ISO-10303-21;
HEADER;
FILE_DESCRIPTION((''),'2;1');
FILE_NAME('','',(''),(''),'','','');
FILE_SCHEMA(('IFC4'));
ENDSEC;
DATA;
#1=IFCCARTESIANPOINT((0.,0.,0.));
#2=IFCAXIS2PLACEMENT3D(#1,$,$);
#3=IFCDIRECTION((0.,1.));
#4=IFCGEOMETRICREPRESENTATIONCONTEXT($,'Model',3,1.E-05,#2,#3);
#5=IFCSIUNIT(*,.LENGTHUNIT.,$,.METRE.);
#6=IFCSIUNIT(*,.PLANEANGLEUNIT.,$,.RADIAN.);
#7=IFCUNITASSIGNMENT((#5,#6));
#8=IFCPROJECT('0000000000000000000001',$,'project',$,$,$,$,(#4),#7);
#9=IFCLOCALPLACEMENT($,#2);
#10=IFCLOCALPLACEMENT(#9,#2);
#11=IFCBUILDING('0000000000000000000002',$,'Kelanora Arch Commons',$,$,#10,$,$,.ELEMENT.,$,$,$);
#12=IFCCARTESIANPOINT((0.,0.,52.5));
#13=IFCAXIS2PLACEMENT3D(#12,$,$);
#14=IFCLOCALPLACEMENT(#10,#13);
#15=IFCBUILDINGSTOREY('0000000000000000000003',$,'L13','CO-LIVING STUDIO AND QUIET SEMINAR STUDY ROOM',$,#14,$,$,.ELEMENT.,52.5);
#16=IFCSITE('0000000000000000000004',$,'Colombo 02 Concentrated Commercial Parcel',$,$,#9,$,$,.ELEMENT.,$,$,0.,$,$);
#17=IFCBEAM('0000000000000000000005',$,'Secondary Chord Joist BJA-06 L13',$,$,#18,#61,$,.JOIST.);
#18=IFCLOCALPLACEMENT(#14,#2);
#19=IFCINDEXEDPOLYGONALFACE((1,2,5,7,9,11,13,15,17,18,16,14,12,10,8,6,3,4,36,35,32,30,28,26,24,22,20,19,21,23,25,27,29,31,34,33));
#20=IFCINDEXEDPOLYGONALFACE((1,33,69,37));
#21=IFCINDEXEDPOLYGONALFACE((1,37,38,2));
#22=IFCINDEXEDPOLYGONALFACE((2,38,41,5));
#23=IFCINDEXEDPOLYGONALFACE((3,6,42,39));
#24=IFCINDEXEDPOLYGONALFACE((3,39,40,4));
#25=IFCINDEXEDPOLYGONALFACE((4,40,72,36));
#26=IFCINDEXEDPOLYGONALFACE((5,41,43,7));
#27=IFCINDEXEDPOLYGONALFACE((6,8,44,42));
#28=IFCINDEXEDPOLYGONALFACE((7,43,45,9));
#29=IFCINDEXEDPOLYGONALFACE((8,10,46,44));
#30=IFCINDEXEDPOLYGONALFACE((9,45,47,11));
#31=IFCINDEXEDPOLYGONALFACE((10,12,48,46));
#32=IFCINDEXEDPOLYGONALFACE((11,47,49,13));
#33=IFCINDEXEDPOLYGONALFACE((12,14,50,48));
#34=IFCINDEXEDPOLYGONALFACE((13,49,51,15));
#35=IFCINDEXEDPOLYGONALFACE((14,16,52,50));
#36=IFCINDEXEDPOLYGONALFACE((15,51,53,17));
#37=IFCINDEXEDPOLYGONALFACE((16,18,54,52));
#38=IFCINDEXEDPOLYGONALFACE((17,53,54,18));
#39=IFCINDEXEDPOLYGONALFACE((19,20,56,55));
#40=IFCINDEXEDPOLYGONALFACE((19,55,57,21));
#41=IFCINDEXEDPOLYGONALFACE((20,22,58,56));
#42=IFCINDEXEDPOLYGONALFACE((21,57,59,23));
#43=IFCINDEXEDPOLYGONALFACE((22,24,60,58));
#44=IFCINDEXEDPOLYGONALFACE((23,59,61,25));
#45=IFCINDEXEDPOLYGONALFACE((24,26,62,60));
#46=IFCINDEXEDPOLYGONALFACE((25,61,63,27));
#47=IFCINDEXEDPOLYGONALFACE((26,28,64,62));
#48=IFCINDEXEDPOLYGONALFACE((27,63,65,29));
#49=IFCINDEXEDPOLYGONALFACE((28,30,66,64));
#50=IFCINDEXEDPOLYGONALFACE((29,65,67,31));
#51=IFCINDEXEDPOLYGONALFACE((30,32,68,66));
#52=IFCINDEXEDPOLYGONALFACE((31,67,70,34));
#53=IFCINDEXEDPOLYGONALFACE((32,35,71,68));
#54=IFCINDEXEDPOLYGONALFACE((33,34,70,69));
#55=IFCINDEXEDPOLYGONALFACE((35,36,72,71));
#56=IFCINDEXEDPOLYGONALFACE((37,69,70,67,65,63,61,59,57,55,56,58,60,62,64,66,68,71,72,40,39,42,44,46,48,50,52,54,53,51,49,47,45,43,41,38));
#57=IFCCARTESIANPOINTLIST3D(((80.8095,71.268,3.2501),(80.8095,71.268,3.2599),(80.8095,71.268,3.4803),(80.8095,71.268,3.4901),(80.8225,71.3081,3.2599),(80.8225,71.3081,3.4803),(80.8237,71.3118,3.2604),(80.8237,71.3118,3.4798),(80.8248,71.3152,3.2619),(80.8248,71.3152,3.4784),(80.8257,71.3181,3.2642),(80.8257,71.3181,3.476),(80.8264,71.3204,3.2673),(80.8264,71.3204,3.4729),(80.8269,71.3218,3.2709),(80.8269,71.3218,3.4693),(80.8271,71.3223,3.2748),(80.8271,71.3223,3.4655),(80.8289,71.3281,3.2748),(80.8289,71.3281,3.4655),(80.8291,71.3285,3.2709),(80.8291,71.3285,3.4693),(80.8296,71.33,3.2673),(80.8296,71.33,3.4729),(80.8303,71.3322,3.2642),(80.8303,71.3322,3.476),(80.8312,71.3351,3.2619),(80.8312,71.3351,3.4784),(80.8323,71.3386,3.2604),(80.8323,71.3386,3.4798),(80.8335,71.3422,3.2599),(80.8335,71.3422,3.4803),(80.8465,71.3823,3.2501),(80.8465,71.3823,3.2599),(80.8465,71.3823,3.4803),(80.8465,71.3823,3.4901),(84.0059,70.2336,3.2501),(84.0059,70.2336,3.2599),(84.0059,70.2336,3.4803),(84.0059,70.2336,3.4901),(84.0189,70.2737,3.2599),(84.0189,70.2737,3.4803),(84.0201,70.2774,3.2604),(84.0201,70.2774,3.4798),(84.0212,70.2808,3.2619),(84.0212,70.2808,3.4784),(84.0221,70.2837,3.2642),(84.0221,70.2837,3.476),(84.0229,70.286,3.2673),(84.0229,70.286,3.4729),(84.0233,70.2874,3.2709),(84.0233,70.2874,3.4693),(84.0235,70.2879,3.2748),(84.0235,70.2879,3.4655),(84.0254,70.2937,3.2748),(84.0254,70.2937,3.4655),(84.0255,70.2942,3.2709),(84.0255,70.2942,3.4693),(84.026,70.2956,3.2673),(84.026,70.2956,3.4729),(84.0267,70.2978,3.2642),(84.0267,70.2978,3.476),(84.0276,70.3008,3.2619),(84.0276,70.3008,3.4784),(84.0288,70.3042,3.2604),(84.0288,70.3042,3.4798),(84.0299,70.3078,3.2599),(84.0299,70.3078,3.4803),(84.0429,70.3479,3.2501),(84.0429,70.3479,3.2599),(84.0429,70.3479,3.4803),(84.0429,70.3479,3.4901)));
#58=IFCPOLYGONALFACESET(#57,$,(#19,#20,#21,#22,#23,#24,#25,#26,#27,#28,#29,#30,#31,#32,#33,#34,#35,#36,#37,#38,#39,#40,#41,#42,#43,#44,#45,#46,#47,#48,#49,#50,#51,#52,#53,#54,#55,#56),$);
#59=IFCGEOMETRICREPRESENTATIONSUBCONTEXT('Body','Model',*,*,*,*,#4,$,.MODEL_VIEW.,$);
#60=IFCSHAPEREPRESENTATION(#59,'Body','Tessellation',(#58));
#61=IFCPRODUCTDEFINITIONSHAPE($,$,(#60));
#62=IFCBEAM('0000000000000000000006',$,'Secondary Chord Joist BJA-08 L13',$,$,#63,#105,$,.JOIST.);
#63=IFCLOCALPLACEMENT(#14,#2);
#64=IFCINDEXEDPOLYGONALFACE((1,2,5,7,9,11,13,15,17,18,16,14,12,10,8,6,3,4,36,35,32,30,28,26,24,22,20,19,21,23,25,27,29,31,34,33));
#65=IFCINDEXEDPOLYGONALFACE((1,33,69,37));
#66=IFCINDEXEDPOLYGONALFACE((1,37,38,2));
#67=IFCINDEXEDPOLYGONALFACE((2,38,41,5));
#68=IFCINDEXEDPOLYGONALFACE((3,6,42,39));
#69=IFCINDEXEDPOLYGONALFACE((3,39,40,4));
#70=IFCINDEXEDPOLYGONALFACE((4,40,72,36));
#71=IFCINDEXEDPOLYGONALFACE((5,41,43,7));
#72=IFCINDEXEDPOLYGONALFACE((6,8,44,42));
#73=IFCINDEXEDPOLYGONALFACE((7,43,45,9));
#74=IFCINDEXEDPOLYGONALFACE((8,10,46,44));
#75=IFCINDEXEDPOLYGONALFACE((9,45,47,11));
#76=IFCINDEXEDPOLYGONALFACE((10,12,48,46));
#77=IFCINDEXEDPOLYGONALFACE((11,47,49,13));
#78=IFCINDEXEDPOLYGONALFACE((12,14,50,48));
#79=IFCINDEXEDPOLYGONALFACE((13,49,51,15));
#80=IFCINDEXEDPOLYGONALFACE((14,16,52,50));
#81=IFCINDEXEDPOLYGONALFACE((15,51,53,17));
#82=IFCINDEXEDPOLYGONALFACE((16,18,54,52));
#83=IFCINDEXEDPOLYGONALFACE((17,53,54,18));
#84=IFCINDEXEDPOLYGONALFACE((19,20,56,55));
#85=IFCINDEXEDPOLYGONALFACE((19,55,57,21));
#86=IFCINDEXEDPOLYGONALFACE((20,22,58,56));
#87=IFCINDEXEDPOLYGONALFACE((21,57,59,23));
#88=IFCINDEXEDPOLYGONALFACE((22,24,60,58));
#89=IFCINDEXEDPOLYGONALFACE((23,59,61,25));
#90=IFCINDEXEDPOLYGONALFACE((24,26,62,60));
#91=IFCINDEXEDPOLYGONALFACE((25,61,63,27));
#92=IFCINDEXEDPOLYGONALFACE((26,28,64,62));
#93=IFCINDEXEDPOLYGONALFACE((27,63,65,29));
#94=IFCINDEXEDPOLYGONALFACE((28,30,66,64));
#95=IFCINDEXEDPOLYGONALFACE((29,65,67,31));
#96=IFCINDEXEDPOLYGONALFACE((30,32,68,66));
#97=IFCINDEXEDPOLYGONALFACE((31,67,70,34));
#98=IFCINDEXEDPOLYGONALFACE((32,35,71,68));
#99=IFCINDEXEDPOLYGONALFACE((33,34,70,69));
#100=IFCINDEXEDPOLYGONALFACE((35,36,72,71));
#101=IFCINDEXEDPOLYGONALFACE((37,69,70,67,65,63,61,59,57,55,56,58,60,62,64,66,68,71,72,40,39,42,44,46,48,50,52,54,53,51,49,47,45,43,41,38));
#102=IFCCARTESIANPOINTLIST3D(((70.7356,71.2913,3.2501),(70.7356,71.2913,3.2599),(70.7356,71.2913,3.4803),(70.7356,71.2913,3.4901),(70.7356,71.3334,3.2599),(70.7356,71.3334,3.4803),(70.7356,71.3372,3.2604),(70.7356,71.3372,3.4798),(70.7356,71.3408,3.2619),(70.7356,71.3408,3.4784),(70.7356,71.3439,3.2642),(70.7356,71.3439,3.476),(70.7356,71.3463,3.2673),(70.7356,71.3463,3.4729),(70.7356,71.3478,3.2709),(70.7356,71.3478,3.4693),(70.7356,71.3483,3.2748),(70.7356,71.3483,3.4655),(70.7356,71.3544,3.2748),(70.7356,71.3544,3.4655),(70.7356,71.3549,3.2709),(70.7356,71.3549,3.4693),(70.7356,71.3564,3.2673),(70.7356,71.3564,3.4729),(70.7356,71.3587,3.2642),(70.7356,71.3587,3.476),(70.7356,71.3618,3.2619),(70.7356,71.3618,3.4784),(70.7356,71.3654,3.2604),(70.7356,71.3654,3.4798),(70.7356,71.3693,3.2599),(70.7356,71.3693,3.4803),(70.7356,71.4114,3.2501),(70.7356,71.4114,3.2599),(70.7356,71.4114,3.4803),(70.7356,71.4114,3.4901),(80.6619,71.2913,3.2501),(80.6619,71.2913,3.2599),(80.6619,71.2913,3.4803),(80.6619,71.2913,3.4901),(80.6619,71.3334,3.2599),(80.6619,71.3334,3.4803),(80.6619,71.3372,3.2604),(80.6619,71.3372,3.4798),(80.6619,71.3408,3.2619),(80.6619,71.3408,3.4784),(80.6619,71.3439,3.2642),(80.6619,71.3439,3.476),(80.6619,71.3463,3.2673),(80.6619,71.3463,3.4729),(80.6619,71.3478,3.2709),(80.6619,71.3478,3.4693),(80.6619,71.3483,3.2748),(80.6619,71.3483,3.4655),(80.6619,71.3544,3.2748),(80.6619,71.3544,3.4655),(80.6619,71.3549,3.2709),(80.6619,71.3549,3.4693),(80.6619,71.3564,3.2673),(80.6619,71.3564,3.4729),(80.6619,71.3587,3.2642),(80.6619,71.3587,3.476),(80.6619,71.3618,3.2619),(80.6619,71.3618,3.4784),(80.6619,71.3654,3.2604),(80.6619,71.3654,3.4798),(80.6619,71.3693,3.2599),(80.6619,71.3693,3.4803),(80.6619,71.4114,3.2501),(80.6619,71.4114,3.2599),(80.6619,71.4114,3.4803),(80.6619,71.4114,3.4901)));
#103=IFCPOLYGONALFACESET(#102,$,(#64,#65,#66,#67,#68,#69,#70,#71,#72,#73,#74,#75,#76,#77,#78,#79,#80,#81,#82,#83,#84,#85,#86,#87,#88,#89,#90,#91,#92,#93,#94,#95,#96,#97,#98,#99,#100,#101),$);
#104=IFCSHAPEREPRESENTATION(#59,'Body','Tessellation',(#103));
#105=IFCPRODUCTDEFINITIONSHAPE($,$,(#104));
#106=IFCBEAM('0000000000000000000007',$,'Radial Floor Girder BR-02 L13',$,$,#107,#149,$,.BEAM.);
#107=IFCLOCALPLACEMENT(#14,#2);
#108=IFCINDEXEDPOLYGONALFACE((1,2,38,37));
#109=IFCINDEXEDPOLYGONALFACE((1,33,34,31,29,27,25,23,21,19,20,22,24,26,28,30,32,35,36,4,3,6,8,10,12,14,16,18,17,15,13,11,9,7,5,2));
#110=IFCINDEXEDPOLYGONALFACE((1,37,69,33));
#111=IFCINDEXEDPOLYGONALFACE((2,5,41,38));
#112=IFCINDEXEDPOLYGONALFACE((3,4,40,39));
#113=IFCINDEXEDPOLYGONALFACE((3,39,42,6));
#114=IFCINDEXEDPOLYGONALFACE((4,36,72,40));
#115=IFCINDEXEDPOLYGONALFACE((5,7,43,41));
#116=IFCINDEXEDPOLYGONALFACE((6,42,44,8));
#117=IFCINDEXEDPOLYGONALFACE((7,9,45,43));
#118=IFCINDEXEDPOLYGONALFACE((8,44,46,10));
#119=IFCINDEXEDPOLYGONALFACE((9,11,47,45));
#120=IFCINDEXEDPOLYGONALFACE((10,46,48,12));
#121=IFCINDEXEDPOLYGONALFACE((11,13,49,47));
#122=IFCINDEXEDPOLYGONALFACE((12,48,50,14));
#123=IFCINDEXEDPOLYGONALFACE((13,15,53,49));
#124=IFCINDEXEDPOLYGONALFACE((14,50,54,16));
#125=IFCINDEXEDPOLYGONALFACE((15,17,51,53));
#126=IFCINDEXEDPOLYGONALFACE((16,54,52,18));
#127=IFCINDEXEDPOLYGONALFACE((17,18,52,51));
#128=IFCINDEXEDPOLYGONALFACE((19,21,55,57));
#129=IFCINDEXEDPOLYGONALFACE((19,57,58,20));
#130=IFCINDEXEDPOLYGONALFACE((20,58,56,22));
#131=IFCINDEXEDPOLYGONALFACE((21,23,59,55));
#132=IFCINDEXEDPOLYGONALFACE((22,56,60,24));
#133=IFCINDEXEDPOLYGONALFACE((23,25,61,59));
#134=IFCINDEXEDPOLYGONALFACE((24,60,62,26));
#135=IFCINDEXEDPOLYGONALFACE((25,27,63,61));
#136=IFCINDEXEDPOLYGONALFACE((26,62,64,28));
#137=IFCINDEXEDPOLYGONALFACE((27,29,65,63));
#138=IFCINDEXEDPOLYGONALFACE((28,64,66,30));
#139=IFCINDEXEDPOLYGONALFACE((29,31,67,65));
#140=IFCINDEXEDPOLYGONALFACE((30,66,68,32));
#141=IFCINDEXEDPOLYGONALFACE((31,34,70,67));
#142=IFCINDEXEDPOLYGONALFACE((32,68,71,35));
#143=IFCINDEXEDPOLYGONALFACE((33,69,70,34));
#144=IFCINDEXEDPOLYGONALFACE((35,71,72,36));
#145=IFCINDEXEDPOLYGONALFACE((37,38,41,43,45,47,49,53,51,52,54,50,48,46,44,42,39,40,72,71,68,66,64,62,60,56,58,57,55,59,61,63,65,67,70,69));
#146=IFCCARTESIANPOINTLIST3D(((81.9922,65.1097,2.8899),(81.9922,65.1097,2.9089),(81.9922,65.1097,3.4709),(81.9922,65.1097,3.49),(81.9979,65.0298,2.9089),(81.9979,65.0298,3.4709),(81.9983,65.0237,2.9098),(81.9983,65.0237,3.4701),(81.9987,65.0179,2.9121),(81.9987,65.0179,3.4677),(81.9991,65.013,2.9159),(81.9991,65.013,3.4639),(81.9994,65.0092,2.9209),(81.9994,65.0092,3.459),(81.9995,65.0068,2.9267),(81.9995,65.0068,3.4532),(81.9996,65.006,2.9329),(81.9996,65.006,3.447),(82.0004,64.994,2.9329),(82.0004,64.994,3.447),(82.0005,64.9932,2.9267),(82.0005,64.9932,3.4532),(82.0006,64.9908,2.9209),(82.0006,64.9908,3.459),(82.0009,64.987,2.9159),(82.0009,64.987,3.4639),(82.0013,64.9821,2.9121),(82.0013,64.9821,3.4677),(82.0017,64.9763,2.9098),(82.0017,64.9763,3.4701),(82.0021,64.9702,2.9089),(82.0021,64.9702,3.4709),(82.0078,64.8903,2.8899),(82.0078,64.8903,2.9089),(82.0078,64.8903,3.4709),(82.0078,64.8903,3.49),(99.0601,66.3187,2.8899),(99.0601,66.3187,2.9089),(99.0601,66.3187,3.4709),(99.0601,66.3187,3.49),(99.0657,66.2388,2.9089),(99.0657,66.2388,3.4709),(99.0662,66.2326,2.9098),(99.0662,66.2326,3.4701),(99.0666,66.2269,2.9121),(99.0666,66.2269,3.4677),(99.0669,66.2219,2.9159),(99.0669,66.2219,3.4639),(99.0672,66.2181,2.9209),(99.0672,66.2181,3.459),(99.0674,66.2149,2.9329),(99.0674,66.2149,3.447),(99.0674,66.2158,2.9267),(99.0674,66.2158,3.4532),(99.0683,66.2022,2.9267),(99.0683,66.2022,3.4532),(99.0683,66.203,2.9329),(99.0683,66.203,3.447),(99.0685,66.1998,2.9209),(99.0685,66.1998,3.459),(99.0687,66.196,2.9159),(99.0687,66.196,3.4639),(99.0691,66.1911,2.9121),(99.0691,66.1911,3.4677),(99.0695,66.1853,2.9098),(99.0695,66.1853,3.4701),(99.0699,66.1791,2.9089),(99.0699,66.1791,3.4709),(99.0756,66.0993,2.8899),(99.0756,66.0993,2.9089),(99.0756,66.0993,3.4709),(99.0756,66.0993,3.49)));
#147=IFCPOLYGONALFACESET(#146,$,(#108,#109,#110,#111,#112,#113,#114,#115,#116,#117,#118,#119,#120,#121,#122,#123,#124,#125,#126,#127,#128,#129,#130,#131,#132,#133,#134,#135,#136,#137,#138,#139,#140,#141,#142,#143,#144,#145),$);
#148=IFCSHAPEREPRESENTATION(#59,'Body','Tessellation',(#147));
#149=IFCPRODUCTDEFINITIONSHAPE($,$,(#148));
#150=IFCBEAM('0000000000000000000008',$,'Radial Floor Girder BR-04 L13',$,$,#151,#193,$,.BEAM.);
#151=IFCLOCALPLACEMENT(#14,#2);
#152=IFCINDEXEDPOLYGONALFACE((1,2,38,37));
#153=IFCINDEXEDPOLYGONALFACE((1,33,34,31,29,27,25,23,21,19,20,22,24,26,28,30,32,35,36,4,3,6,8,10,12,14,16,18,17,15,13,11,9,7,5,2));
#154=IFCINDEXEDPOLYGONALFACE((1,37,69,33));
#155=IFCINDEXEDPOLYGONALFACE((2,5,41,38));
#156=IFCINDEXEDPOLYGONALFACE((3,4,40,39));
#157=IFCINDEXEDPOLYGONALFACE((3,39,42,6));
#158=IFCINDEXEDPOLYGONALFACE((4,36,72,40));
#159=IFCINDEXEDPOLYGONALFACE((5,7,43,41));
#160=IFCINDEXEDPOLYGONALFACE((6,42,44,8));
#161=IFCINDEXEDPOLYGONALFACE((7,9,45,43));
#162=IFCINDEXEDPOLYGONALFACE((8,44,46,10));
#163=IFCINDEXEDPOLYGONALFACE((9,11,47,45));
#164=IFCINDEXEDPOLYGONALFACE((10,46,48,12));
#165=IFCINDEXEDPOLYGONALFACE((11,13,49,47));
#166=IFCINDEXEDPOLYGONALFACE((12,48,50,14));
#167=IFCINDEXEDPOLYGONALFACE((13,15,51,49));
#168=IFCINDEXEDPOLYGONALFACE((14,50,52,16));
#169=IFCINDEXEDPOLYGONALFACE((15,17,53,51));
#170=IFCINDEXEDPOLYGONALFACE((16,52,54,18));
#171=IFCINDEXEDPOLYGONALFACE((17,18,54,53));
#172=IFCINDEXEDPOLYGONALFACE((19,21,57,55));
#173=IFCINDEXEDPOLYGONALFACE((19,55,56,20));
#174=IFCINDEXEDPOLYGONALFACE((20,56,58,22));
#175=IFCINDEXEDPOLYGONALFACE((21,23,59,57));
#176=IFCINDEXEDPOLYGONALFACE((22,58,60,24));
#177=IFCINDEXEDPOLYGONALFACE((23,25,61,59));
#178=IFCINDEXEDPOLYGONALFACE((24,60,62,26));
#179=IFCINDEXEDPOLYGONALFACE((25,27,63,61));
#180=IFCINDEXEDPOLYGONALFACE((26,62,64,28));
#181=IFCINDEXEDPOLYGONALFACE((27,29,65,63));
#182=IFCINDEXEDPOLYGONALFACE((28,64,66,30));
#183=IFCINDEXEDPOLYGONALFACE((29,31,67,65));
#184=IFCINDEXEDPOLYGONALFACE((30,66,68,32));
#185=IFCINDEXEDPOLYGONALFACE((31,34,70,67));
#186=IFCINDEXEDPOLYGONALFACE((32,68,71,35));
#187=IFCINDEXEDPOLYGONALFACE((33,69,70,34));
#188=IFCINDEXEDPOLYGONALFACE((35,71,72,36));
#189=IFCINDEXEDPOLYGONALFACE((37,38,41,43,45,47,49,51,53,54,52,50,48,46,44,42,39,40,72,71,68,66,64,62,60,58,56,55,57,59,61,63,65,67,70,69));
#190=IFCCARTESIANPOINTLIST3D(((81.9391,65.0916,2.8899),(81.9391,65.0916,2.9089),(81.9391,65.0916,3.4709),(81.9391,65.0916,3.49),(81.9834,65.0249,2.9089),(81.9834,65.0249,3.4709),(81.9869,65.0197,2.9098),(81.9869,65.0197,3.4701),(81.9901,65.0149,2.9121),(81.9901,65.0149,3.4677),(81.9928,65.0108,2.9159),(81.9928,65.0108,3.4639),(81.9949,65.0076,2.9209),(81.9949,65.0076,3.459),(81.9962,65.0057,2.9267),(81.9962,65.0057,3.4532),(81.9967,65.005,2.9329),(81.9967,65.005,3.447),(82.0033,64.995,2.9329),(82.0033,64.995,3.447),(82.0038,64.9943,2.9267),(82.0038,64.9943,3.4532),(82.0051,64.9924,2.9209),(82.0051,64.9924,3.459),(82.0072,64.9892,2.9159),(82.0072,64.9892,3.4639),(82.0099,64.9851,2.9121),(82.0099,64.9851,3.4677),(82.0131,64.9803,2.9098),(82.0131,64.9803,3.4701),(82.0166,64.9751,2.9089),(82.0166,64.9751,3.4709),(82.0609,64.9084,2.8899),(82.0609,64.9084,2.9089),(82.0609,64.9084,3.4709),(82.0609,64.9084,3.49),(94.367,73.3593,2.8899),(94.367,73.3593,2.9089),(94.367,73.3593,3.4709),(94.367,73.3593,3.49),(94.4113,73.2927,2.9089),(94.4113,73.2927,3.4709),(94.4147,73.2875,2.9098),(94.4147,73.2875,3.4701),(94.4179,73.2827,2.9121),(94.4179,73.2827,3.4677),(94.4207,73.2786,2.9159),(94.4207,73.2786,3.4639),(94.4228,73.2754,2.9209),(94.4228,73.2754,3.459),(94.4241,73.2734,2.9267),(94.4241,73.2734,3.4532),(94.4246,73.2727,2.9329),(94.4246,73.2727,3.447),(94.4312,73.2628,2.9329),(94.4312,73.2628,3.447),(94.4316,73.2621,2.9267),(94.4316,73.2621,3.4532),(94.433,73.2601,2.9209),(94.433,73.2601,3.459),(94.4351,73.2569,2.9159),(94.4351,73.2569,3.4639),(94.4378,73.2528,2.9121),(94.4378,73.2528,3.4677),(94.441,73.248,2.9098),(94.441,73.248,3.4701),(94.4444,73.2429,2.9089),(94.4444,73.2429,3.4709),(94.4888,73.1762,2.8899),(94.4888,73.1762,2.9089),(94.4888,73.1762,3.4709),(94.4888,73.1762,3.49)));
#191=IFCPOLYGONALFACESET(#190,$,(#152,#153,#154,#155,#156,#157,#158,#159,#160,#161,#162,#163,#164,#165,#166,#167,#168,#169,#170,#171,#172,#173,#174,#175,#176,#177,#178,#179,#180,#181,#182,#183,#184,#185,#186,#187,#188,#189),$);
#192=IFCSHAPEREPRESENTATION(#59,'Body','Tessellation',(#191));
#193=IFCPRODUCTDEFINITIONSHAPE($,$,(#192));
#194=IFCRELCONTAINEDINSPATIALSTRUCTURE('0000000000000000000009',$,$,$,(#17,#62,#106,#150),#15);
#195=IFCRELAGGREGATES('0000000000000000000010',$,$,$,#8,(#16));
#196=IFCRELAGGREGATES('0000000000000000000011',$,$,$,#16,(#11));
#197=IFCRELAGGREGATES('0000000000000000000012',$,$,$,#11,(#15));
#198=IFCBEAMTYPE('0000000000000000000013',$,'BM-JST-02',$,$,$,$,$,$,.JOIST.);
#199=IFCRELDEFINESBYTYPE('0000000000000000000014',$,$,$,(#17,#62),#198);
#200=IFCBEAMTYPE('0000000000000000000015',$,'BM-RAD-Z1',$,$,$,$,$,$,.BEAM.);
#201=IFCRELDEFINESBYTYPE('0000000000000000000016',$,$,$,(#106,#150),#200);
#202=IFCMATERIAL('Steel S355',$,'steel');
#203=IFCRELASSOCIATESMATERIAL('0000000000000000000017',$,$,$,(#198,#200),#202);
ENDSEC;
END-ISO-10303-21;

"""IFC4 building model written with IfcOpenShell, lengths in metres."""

from ifc_helpers import new_model, si_unit, direction, frame, origin, origin_2d, place, context, subcontext, project, spatial, i_section, extrude, material, material_profile, profile_set, type_object, element, save


model = new_model("IFC4")

# Units and contexts
model_context = context("Model", 3, precision=1e-05, world=origin(), true_north=direction((0.0, 1.0)))
body_context = subcontext(model_context, "Body", "Model", "MODEL_VIEW")
ifc_project = project(units=[si_unit("LENGTHUNIT", "METRE"), si_unit("PLANEANGLEUNIT", "RADIAN")], contexts=[model_context])

# Site, building, storey
site_placement = place(None, origin())
site = spatial("IfcSite", under=ifc_project, at=site_placement, Name="Colombo 02 Concentrated Commercial Parcel", CompositionType="ELEMENT", RefElevation=0.0)
building_placement = place(site_placement, origin())
building = spatial("IfcBuilding", under=site, at=building_placement, Name="Kelanora Arch Commons", CompositionType="ELEMENT")
storey_placement = place(building_placement, frame((0.0, 0.0, 52.5)))
storey = spatial("IfcBuildingStorey", under=building, at=storey_placement, Name="L13", Description="CO-LIVING STUDIO AND QUIET SEMINAR STUDY ROOM", CompositionType="ELEMENT", Elevation=52.5)

# Beams
ifc_material_1 = material(Name="Steel S355", Category="steel")
ifc_material_profile_1 = material_profile(ifc_material_1, i_section(OverallWidth=0.1201, OverallDepth=0.24, WebThickness=0.0061, FlangeThickness=0.0098, FilletRadius=0.0149, at=origin_2d()), Name="IPE240")
ifc_profile_set_1 = profile_set([ifc_material_profile_1], Name="Steel S355")
beam_type_1 = type_object("IfcBeamType", Name="BM-JST-02", PredefinedType="JOIST", material=ifc_profile_set_1)
beam_1_placement = place(storey_placement, frame((84.0244, 70.2908, 3.3701), z_axis=(-0.951423, 0.307888, 0.0), x_axis=(-0.307888, -0.951423, 0.0)))
element("IfcBeam", 1, at=beam_1_placement, inside=storey, type_object=beam_type_1, Name="Secondary Chord Joist BJA-06 L13", PredefinedType="JOIST", context=body_context, shape_type="SweptSolid", body=[
    extrude(i_section(OverallWidth=0.1201, OverallDepth=0.24, WebThickness=0.0061, FlangeThickness=0.0098, FilletRadius=0.0149, at=origin_2d()), origin(), (0.0, 0.0, 1.0), 3.3596),
])
beam_2_placement = place(storey_placement, frame((80.6619, 71.3513, 3.3701), z_axis=(-1.0, 0.0, 0.0), x_axis=(0.0, -1.0, 0.0)))
element("IfcBeam", 2, at=beam_2_placement, inside=storey, type_object=beam_type_1, Name="Secondary Chord Joist BJA-08 L13", PredefinedType="JOIST", context=body_context, shape_type="SweptSolid", body=[
    extrude(i_section(OverallWidth=0.1201, OverallDepth=0.24, WebThickness=0.0061, FlangeThickness=0.0098, FilletRadius=0.0149, at=origin_2d()), origin(), (0.0, 0.0, 1.0), 9.9263),
])
ifc_material_profile_2 = material_profile(ifc_material_1, i_section(OverallWidth=0.22, OverallDepth=0.6001, WebThickness=0.012, FlangeThickness=0.019, FilletRadius=0.0239, at=origin_2d()), Name="IPE600")
ifc_profile_set_2 = profile_set([ifc_material_profile_2], Name="Steel S355")
beam_type_2 = type_object("IfcBeamType", Name="BM-RAD-Z1", PredefinedType="BEAM", material=ifc_profile_set_2)
beam_3_placement = place(storey_placement, frame((82.0, 65.0, 3.1899), z_axis=(0.997501, 0.070657, 0.0), x_axis=(-0.070657, 0.997501, 0.0)))
element("IfcBeam", 3, at=beam_3_placement, inside=storey, type_object=beam_type_2, Name="Radial Floor Girder BR-02 L13", PredefinedType="BEAM", context=body_context, shape_type="SweptSolid", body=[
    extrude(i_section(OverallWidth=0.22, OverallDepth=0.6001, WebThickness=0.012, FlangeThickness=0.019, FilletRadius=0.0239, at=origin_2d()), origin(), (0.0, 0.0, 1.0), 17.1106),
])
beam_4_placement = place(storey_placement, frame((82.0, 65.0, 3.1899), z_axis=(0.832591, 0.553888, 0.0), x_axis=(-0.553888, 0.832591, 0.0)))
element("IfcBeam", 4, at=beam_4_placement, inside=storey, type_object=beam_type_2, Name="Radial Floor Girder BR-04 L13", PredefinedType="BEAM", context=body_context, shape_type="SweptSolid", body=[
    extrude(i_section(OverallWidth=0.22, OverallDepth=0.6001, WebThickness=0.012, FlangeThickness=0.019, FilletRadius=0.0239, at=origin_2d()), origin(), (0.0, 0.0, 1.0), 14.9268),
])

save(model, "model.ifc")
